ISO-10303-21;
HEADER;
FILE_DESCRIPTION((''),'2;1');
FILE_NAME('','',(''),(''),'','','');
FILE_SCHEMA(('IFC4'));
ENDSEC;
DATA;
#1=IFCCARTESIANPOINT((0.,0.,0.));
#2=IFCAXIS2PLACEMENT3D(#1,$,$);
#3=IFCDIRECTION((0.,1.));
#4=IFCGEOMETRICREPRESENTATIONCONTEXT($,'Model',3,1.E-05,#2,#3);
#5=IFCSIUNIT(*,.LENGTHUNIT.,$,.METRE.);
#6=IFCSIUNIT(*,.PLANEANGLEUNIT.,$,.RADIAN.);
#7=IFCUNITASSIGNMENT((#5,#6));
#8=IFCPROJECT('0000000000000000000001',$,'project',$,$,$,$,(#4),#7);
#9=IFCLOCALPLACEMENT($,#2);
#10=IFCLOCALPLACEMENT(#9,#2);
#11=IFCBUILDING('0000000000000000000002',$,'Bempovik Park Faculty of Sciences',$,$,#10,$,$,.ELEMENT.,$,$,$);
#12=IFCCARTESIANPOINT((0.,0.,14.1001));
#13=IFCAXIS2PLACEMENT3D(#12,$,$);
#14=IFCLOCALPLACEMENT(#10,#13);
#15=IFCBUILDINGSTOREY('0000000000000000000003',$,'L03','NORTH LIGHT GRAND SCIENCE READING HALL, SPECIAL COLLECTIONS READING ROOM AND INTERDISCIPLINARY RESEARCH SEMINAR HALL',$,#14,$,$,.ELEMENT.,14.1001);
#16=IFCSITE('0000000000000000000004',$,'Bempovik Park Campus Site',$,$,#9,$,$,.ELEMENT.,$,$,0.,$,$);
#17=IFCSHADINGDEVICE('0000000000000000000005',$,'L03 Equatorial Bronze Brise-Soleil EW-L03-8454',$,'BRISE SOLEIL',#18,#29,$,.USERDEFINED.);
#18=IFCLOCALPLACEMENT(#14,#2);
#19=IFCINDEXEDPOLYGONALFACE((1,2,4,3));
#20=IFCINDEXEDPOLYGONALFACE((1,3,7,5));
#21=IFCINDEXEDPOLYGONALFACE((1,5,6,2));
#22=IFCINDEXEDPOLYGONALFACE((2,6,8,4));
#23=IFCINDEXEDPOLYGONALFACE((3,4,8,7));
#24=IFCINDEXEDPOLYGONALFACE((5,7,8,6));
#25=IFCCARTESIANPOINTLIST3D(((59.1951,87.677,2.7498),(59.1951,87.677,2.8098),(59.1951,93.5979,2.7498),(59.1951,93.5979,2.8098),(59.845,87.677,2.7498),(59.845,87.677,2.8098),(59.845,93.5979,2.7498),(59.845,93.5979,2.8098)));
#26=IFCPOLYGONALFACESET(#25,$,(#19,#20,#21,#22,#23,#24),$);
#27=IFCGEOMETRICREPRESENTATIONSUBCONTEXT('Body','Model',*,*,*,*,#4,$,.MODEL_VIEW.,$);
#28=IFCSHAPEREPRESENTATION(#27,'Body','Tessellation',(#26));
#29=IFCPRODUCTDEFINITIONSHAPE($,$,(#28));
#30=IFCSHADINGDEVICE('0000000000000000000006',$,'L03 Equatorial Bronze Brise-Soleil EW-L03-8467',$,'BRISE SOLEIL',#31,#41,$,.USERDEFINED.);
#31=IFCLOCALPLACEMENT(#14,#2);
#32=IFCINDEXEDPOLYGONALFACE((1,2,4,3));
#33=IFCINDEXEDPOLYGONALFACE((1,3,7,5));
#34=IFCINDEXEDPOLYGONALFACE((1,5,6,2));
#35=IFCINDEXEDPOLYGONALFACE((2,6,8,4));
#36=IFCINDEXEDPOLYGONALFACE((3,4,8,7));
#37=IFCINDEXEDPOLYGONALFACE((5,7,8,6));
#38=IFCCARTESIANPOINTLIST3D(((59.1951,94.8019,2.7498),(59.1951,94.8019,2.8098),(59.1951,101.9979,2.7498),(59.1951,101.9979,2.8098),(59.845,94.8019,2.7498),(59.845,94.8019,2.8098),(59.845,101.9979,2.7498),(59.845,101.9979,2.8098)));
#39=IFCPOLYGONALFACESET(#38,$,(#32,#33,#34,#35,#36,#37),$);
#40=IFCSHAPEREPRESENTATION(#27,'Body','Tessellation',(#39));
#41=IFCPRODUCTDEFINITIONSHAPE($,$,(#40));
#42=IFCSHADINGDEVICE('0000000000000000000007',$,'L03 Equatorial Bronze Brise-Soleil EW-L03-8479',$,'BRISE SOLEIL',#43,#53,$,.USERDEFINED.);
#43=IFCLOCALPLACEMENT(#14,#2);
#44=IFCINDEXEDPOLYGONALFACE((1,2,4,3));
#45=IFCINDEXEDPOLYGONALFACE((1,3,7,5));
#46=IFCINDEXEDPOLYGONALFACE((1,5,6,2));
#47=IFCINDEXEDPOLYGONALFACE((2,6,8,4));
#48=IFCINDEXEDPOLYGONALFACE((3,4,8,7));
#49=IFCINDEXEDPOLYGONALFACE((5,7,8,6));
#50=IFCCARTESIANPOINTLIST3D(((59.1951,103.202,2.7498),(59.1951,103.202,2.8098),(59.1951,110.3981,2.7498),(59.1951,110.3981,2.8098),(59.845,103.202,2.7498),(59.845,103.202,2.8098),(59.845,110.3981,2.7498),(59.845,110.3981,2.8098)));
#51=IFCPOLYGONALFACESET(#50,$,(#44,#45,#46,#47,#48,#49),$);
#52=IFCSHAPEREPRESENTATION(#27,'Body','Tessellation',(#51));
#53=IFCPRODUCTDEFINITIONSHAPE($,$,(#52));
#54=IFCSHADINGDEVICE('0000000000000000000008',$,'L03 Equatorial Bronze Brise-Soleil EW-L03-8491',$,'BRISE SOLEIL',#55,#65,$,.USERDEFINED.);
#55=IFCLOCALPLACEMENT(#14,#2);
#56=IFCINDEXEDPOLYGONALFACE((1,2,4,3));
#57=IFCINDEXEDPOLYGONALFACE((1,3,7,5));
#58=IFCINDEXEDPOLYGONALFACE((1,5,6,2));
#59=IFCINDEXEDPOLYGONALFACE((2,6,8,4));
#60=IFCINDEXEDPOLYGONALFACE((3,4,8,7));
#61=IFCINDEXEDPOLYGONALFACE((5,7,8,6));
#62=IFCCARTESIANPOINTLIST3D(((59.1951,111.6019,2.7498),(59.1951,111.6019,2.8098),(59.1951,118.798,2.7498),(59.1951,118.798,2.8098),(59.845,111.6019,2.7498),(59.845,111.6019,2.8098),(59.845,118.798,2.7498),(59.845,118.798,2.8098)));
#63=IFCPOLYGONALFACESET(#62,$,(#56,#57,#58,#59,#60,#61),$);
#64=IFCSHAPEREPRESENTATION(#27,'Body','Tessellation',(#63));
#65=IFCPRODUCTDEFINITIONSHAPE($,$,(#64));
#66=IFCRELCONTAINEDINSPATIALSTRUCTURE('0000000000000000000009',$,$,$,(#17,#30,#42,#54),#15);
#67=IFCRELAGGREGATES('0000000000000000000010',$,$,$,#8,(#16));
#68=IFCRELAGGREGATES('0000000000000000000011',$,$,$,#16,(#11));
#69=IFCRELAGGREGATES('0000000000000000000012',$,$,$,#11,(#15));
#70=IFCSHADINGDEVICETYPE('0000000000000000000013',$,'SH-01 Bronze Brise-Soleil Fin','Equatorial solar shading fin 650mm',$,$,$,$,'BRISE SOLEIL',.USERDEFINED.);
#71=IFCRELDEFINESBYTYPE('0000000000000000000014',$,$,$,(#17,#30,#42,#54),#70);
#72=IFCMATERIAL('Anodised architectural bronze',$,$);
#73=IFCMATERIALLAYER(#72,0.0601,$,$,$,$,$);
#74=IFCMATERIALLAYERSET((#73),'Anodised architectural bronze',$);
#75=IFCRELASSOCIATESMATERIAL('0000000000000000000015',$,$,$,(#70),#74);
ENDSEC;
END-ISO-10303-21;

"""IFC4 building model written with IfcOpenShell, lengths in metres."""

from ifc_helpers import new_model, si_unit, direction, frame, origin, origin_2d, place, context, subcontext, project, spatial, rectangle, extrude, material, layer, layer_set, type_object, element, save


model = new_model("IFC4")

# Units and contexts
model_context = context("Model", 3, precision=1e-05, world=origin(), true_north=direction((0.0, 1.0)))
body_context = subcontext(model_context, "Body", "Model", "MODEL_VIEW")
ifc_project = project(units=[si_unit("LENGTHUNIT", "METRE"), si_unit("PLANEANGLEUNIT", "RADIAN")], contexts=[model_context])

# Site, building, storey
site_placement = place(None, origin())
site = spatial("IfcSite", under=ifc_project, at=site_placement, Name="Bempovik Park Campus Site", CompositionType="ELEMENT", RefElevation=0.0)
building_placement = place(site_placement, origin())
building = spatial("IfcBuilding", under=site, at=building_placement, Name="Bempovik Park Faculty of Sciences", CompositionType="ELEMENT")
storey_placement = place(building_placement, frame((0.0, 0.0, 14.1001)))
storey = spatial("IfcBuildingStorey", under=building, at=storey_placement, Name="L03", Description="NORTH LIGHT GRAND SCIENCE READING HALL, SPECIAL COLLECTIONS READING ROOM AND INTERDISCIPLINARY RESEARCH SEMINAR HALL", CompositionType="ELEMENT", Elevation=14.1001)

# Shared definitions
ifc_material_1 = material(Name="Anodised architectural bronze")

# Shading devices
ifc_layer_1 = layer(ifc_material_1, 0.0601)
ifc_layer_set_1 = layer_set([ifc_layer_1], Name="Anodised architectural bronze")
shading_device_type = type_object("IfcShadingDeviceType", Name="SH-01 Bronze Brise-Soleil Fin", Description="Equatorial solar shading fin 650mm", ElementType="BRISE SOLEIL", PredefinedType="USERDEFINED", material=ifc_layer_set_1)
shading_device_placement = place(storey_placement, frame((59.52, 90.6375, 2.7498), z_axis=(0.0, 0.0, 1.0), x_axis=(1.0, 0.0, 0.0)))
element("IfcShadingDevice", 1, at=shading_device_placement, inside=storey, type_object=shading_device_type, Name="L03 Equatorial Bronze Brise-Soleil EW-L03-8454", ObjectType="BRISE SOLEIL", PredefinedType="USERDEFINED", context=body_context, shape_type="SweptSolid", body=[
    extrude(rectangle(XDim=0.6499, YDim=5.9209, at=origin_2d()), origin(), (0.0, 0.0, 1.0), 0.0601),
])
for number, where, z_axis, x_axis, name in (
    (2, (59.52, 98.3999, 2.7498), (0.0, 0.0, 1.0), (1.0, 0.0, 0.0), "L03 Equatorial Bronze Brise-Soleil EW-L03-8467"),
    (3, (59.52, 106.8, 2.7498), (0.0, 0.0, 1.0), (1.0, 0.0, 0.0), "L03 Equatorial Bronze Brise-Soleil EW-L03-8479"),
    (4, (59.52, 115.2, 2.7498), (0.0, 0.0, 1.0), (1.0, 0.0, 0.0), "L03 Equatorial Bronze Brise-Soleil EW-L03-8491"),
):
    element("IfcShadingDevice", number, at=place(storey_placement, frame(where, z_axis=z_axis, x_axis=x_axis)), inside=storey, type_object=shading_device_type, Name=name, ObjectType="BRISE SOLEIL", PredefinedType="USERDEFINED", context=body_context, shape_type="SweptSolid", body=[
        extrude(rectangle(XDim=0.6499, YDim=7.196, at=origin_2d()), origin(), (0.0, 0.0, 1.0), 0.0601),
    ])

save(model, "model.ifc")
